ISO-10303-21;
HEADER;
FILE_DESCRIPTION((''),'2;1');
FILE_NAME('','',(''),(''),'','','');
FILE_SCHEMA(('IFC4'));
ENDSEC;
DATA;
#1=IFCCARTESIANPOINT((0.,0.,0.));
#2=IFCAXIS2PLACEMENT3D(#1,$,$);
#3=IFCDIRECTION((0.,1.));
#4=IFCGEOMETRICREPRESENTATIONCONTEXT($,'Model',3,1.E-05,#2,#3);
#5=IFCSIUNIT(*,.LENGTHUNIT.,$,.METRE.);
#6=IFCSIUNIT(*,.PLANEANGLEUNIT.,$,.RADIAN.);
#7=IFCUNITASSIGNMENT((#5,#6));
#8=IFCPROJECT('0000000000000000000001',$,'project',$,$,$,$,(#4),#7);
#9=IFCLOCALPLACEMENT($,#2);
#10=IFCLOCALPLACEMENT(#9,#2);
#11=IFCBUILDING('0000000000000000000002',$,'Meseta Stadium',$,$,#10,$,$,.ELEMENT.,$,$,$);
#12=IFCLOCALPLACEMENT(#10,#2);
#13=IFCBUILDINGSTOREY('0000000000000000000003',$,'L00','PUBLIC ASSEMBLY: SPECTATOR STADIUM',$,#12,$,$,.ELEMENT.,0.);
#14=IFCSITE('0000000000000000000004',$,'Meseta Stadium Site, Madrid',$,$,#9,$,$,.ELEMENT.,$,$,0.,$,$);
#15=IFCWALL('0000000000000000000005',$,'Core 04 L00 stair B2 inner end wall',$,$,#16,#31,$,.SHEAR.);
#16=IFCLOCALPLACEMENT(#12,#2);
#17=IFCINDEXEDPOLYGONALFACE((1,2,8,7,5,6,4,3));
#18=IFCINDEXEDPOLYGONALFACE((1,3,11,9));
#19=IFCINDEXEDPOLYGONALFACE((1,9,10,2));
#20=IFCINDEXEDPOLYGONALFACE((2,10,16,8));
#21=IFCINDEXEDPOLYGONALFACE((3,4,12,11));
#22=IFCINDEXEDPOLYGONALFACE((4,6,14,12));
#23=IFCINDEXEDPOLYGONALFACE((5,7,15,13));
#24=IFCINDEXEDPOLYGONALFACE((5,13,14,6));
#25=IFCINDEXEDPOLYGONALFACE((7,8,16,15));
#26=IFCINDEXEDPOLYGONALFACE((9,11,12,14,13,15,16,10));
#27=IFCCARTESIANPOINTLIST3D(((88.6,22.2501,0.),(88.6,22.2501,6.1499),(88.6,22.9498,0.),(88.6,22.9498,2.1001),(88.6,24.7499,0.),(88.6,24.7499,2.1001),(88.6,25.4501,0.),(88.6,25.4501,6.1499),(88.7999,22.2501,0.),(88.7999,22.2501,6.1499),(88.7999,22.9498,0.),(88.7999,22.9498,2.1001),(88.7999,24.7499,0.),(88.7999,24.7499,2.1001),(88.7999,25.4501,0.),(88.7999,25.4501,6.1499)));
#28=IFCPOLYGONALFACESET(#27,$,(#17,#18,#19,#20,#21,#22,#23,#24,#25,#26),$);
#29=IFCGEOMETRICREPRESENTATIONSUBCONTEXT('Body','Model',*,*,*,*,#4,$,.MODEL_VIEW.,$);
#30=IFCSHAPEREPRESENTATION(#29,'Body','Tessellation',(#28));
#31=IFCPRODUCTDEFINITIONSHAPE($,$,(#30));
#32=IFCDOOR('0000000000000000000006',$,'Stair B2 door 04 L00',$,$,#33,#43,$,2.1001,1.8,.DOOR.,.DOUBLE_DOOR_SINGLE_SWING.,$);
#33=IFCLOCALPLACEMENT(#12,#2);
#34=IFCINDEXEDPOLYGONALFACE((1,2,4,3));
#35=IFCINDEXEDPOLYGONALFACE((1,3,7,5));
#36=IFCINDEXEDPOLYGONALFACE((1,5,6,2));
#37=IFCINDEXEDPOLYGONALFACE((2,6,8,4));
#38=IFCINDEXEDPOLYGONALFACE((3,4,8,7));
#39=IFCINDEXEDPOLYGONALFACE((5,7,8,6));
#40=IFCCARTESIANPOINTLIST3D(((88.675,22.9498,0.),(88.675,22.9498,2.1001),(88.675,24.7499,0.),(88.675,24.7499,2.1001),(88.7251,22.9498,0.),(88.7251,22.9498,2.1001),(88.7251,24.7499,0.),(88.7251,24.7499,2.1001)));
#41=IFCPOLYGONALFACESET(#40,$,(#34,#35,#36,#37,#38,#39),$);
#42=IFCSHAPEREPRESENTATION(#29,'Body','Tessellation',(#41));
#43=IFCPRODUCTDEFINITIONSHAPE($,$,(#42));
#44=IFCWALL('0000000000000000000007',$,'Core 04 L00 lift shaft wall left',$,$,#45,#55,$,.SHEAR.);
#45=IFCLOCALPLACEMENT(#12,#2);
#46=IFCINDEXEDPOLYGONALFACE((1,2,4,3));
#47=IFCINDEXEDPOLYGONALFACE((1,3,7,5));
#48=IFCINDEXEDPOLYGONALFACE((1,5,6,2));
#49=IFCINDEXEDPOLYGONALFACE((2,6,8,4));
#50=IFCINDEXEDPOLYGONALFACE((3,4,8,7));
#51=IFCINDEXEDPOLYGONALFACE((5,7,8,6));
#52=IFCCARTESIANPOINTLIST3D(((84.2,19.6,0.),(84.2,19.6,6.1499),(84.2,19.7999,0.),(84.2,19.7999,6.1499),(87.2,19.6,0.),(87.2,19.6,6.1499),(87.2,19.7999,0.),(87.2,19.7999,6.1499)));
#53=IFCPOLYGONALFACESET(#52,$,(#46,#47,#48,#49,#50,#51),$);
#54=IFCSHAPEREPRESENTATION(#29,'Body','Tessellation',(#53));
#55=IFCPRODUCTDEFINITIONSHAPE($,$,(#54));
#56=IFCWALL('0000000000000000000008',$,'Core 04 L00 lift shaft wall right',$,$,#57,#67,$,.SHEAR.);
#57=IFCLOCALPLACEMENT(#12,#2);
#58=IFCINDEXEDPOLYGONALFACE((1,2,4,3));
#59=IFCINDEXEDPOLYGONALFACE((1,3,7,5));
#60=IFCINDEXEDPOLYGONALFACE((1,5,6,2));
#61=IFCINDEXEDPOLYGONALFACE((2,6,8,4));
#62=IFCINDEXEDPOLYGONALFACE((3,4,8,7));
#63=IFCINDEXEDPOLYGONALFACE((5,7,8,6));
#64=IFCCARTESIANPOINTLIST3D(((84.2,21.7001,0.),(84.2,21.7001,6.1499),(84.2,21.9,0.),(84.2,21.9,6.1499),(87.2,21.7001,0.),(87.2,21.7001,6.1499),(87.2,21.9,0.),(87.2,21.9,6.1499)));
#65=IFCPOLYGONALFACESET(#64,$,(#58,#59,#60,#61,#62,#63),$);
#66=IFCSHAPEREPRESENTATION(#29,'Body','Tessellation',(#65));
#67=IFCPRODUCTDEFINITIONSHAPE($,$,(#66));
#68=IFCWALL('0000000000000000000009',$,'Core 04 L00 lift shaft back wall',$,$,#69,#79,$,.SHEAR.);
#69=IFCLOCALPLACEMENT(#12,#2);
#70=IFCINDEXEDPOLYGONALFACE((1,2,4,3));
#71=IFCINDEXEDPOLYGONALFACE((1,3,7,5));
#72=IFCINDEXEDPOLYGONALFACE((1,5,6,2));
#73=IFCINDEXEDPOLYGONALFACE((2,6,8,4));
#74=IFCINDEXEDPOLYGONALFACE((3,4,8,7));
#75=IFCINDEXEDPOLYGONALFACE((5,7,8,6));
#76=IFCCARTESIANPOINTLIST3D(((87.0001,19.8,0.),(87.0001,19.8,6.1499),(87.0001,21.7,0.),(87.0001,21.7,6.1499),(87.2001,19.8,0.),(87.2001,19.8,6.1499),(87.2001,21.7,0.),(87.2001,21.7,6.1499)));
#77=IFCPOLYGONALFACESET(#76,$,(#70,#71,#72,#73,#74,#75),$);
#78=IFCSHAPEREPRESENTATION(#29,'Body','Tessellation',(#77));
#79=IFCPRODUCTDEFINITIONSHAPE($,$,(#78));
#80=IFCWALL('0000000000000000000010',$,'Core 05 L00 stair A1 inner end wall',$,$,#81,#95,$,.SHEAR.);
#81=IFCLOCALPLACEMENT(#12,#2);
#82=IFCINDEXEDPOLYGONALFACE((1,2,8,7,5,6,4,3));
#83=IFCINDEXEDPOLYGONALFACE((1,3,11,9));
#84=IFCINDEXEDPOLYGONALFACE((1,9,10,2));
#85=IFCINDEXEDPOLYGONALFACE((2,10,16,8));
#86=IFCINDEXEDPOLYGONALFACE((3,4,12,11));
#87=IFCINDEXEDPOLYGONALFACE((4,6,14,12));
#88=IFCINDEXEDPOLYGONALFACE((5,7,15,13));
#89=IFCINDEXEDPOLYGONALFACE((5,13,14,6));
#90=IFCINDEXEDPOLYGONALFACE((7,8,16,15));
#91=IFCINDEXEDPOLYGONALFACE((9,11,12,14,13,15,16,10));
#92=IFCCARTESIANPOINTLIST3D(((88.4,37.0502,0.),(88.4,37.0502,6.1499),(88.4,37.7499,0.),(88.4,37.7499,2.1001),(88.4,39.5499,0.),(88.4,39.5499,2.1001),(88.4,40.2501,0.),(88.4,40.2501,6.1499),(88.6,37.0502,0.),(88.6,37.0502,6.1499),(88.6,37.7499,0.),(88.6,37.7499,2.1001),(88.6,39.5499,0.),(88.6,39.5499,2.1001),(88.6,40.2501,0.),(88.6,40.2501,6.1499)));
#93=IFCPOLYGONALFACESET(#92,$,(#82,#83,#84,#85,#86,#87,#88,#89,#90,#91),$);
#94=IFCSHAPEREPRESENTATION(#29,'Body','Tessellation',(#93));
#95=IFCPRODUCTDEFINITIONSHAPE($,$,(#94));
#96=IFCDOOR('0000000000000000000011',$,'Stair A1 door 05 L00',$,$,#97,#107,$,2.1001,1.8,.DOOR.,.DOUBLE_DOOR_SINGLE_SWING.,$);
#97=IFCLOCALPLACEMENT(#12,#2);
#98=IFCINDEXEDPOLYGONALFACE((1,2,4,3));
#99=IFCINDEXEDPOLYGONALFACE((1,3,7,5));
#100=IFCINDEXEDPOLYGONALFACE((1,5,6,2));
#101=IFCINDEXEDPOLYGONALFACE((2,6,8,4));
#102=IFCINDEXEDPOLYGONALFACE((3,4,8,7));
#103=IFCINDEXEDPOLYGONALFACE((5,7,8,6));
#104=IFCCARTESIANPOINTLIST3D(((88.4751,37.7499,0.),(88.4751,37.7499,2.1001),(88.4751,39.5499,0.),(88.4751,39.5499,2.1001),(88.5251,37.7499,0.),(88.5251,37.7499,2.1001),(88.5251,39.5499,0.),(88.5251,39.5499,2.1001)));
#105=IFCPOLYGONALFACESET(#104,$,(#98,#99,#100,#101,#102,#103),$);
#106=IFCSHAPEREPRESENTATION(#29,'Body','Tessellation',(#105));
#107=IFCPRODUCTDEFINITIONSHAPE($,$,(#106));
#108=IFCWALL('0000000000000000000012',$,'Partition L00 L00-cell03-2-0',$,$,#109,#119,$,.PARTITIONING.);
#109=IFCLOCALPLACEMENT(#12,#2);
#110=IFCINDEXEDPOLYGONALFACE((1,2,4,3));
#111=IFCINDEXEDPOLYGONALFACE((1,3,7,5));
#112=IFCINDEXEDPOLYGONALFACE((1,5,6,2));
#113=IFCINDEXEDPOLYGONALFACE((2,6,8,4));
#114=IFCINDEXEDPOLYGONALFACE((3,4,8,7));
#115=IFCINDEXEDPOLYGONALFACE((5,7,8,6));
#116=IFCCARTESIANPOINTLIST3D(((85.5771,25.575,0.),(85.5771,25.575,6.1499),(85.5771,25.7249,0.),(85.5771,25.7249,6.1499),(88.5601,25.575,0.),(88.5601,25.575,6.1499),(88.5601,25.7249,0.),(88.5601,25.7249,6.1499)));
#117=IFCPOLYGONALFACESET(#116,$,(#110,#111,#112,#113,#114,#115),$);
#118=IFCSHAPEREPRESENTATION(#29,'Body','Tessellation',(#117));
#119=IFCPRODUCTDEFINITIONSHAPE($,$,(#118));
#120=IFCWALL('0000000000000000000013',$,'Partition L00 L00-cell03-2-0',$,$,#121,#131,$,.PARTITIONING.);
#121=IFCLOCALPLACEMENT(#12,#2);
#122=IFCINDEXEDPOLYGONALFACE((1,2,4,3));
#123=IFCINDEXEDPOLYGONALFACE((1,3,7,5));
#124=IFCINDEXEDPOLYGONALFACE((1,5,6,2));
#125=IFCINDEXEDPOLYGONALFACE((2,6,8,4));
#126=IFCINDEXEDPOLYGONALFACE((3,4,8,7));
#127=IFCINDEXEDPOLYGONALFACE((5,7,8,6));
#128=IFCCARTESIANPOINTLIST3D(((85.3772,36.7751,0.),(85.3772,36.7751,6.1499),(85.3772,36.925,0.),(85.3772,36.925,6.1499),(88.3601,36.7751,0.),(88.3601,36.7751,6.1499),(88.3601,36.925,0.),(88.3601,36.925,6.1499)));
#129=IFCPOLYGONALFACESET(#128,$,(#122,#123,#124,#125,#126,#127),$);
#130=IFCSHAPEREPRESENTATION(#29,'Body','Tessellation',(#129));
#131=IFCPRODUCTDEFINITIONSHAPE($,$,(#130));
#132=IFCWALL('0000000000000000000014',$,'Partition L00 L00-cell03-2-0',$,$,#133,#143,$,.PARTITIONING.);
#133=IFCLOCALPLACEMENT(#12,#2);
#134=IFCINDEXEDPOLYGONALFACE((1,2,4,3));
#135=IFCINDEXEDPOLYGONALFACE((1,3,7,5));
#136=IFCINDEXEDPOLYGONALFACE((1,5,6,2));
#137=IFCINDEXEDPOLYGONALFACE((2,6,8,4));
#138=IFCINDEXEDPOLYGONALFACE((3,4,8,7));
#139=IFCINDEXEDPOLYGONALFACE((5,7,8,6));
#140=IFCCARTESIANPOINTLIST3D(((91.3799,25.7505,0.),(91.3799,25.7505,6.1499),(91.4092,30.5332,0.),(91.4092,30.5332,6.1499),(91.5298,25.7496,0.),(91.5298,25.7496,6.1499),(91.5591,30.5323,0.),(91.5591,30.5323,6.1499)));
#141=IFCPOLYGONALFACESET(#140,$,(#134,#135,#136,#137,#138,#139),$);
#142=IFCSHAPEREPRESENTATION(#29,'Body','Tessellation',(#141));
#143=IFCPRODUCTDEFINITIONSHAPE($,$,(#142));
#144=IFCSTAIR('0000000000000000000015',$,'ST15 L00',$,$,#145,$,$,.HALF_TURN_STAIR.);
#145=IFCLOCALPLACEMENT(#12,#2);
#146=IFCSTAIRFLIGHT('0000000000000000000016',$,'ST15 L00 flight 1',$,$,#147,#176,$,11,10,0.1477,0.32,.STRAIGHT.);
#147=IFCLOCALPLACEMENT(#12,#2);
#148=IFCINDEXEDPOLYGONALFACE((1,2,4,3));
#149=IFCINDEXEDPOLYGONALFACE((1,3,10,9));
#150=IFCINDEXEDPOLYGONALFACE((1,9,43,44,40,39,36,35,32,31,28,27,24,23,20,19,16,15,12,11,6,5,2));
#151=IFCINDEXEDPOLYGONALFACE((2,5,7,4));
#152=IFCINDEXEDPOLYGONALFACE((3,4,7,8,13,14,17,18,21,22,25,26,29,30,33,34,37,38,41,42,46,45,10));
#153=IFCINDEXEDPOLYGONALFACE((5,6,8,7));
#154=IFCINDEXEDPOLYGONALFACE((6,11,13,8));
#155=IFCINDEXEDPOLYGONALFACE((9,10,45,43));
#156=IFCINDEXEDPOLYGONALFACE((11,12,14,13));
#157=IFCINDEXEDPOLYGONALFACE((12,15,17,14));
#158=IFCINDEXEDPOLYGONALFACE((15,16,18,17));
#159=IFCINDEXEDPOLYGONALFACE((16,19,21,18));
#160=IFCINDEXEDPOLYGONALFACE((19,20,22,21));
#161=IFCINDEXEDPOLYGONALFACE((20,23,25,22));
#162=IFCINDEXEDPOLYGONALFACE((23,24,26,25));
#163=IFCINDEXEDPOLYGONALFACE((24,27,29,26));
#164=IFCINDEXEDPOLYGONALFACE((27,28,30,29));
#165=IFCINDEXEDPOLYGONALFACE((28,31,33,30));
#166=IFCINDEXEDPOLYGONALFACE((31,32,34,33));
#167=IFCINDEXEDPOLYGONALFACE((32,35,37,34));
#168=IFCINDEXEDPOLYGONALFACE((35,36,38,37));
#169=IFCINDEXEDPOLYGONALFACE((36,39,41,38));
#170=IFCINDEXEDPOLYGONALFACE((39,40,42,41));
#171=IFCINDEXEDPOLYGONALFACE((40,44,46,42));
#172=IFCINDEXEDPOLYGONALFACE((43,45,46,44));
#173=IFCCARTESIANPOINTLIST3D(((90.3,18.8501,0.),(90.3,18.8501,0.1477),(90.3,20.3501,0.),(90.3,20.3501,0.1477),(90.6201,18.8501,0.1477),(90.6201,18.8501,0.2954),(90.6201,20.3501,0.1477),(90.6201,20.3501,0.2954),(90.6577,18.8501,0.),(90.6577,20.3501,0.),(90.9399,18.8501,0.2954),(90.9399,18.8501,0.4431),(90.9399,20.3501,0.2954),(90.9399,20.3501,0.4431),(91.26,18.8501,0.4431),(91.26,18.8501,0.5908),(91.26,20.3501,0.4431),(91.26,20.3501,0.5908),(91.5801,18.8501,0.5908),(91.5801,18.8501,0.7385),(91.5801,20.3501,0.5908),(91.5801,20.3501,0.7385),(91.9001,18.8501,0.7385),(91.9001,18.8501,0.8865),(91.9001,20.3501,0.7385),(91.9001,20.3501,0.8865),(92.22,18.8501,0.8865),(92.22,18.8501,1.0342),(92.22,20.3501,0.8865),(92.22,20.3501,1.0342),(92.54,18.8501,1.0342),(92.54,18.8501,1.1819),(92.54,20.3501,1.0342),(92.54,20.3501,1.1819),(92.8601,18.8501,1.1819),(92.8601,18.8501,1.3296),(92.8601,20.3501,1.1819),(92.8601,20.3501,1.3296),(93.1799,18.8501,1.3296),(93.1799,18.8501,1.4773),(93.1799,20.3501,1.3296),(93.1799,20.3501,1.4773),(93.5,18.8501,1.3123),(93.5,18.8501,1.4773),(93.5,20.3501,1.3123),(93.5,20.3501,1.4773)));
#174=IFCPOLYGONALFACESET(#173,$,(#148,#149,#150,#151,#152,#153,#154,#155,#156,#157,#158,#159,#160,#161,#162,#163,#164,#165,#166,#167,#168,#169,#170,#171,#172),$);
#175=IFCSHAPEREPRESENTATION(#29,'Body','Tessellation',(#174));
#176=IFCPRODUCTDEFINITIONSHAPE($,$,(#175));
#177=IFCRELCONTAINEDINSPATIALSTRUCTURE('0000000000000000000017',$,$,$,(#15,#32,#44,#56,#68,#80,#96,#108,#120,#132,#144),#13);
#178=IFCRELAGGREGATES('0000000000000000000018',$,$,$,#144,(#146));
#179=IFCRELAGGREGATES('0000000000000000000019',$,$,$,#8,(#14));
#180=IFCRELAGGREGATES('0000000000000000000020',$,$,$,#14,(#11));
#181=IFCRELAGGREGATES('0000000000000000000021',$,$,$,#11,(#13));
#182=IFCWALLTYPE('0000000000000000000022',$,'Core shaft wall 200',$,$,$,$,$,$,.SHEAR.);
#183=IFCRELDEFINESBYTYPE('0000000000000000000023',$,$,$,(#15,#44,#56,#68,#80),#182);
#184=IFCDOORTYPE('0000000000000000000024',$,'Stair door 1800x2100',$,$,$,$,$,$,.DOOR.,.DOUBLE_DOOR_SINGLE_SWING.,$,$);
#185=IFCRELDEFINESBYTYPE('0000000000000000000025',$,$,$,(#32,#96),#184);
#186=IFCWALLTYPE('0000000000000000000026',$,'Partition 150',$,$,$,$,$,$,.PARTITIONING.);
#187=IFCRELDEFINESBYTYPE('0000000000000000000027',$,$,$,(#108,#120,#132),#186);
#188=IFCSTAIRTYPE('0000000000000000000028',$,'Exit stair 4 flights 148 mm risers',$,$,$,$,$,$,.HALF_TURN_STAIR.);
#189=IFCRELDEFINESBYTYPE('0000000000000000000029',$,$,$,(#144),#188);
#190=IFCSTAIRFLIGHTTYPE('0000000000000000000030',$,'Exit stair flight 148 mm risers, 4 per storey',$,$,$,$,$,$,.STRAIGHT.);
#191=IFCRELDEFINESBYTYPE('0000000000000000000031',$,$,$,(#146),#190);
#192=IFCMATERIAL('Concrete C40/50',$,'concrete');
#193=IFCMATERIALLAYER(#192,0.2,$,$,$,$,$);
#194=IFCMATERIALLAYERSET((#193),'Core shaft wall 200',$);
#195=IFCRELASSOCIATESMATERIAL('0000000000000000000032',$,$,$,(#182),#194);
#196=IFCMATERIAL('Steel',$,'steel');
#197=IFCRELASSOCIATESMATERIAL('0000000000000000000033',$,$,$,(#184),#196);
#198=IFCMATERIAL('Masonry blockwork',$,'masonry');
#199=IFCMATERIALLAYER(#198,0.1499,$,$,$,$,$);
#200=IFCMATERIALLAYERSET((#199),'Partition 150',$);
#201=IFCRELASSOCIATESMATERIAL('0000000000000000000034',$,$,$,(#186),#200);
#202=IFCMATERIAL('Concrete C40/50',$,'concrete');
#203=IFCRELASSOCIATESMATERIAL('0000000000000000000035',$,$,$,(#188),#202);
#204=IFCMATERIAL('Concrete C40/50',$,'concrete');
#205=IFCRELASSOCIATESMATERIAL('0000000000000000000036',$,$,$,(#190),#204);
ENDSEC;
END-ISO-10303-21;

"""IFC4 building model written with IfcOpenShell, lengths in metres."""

from ifc_helpers import new_model, si_unit, direction, frame, frame_2d, origin, place, context, subcontext, project, spatial, polyline, rectangle, outline, extrude, material, layer, layer_set, type_object, element, fill, aggregate, save


model = new_model("IFC4")

# Units and contexts
model_context = context("Model", 3, precision=1e-05, world=origin(), true_north=direction((0.0, 1.0)))
body_context = subcontext(model_context, "Body", "Model", "MODEL_VIEW")
ifc_project = project(units=[si_unit("LENGTHUNIT", "METRE"), si_unit("PLANEANGLEUNIT", "RADIAN")], contexts=[model_context])

# Site, building, storey
site_placement = place(None, origin())
site = spatial("IfcSite", under=ifc_project, at=site_placement, Name="Meseta Stadium Site, Madrid", CompositionType="ELEMENT", RefElevation=0.0)
building_placement = place(site_placement, origin())
building = spatial("IfcBuilding", under=site, at=building_placement, Name="Meseta Stadium", CompositionType="ELEMENT")
storey_placement = place(building_placement, origin())
storey = spatial("IfcBuildingStorey", under=building, at=storey_placement, Name="L00", Description="PUBLIC ASSEMBLY: SPECTATOR STADIUM", CompositionType="ELEMENT", Elevation=0.0)

# Wall, opening, door
ifc_material_1 = material(Name="Concrete C40/50", Category="concrete")
ifc_layer_1 = layer(ifc_material_1, 0.2)
ifc_layer_set_1 = layer_set([ifc_layer_1], Name="Core shaft wall 200")
wall_type_1 = type_object("IfcWallType", Name="Core shaft wall 200", PredefinedType="SHEAR", material=ifc_layer_set_1)
ifc_material_2 = material(Name="Steel", Category="steel")
door_type = type_object("IfcDoorType", Name="Stair door 1800x2100", OperationType="DOUBLE_DOOR_SINGLE_SWING", PredefinedType="DOOR", material=ifc_material_2)
wall_1_placement = place(storey_placement, frame((88.7, 22.25, 0.0), z_axis=(0.0, 0.0, 1.0), x_axis=(0.0, 1.0, 0.0)))
wall_1 = element("IfcWall", 1, at=wall_1_placement, inside=storey, type_object=wall_type_1, Name="Core 04 L00 stair B2 inner end wall", PredefinedType="SHEAR", context=body_context, shape_type="SweptSolid", body=[
    extrude(rectangle(XDim=3.2, YDim=0.2, at=frame_2d((1.6001, 0.0))), origin(), (0.0, 0.0, 1.0), 6.1499),
])
opening_1_placement = place(wall_1_placement, frame((0.7, 0.0, 0.0)))
opening_1 = element("IfcOpeningElement", 2, at=opening_1_placement, cuts=wall_1, PredefinedType="OPENING", context=body_context, shape_type="SweptSolid", body=[
    extrude(rectangle(XDim=1.8, YDim=2.1001, at=frame_2d((0.8999, 1.05))), frame((0.0, 0.1099, 0.0), z_axis=(0.0, -1.0, 0.0), x_axis=(1.0, 0.0, 0.0)), (0.0, 0.0, 1.0), 0.22),
])
door_1_placement = place(opening_1_placement, origin())
door_1 = element("IfcDoor", 3, at=door_1_placement, inside=storey, type_object=door_type, Name="Stair B2 door 04 L00", OperationType="DOUBLE_DOOR_SINGLE_SWING", OverallHeight=2.1001, OverallWidth=1.8, PredefinedType="DOOR", context=body_context, shape_type="SweptSolid", body=[
    extrude(rectangle(XDim=1.8, YDim=2.1001, at=frame_2d((0.8999, 1.05))), frame((0.0, 0.0249, 0.0), z_axis=(0.0, -1.0, 0.0), x_axis=(1.0, 0.0, 0.0)), (0.0, 0.0, 1.0), 0.05),
])
fill(opening_1, door_1)

# Walls
for number, where, z_axis, x_axis, name in (
    (4, (87.2, 19.7, 0.0), (0.0, 0.0, 1.0), (-1.0, 0.0, 0.0), "Core 04 L00 lift shaft wall left"),
    (5, (87.2, 21.8, 0.0), (0.0, 0.0, 1.0), (-1.0, 0.0, 0.0), "Core 04 L00 lift shaft wall right"),
):
    element("IfcWall", number, at=place(storey_placement, frame(where, z_axis=z_axis, x_axis=x_axis)), inside=storey, type_object=wall_type_1, Name=name, PredefinedType="SHEAR", context=body_context, shape_type="SweptSolid", body=[
        extrude(rectangle(XDim=3.0, YDim=0.2, at=frame_2d((1.5, 0.0))), origin(), (0.0, 0.0, 1.0), 6.1499),
    ])
wall_2_placement = place(storey_placement, frame((87.1001, 19.8, 0.0), z_axis=(0.0, 0.0, 1.0), x_axis=(0.0, 1.0, 0.0)))
element("IfcWall", 6, at=wall_2_placement, inside=storey, type_object=wall_type_1, Name="Core 04 L00 lift shaft back wall", PredefinedType="SHEAR", context=body_context, shape_type="SweptSolid", body=[
    extrude(rectangle(XDim=1.8999, YDim=0.2, at=frame_2d((0.95, 0.0))), origin(), (0.0, 0.0, 1.0), 6.1499),
])

# Wall, opening, door
wall_3_placement = place(storey_placement, frame((88.5, 37.05, 0.0), z_axis=(0.0, 0.0, 1.0), x_axis=(0.0, 1.0, 0.0)))
wall_3 = element("IfcWall", 7, at=wall_3_placement, inside=storey, type_object=wall_type_1, Name="Core 05 L00 stair A1 inner end wall", PredefinedType="SHEAR", context=body_context, shape_type="SweptSolid", body=[
    extrude(rectangle(XDim=3.2, YDim=0.2, at=frame_2d((1.6001, 0.0))), origin(), (0.0, 0.0, 1.0), 6.1499),
])
opening_2_placement = place(wall_3_placement, frame((0.7, 0.0, 0.0)))
opening_2 = element("IfcOpeningElement", 8, at=opening_2_placement, cuts=wall_3, PredefinedType="OPENING", context=body_context, shape_type="SweptSolid", body=[
    extrude(rectangle(XDim=1.8, YDim=2.1001, at=frame_2d((0.8999, 1.05))), frame((0.0, 0.1099, 0.0), z_axis=(0.0, -1.0, 0.0), x_axis=(1.0, 0.0, 0.0)), (0.0, 0.0, 1.0), 0.22),
])
door_2_placement = place(opening_2_placement, origin())
door_2 = element("IfcDoor", 9, at=door_2_placement, inside=storey, type_object=door_type, Name="Stair A1 door 05 L00", OperationType="DOUBLE_DOOR_SINGLE_SWING", OverallHeight=2.1001, OverallWidth=1.8, PredefinedType="DOOR", context=body_context, shape_type="SweptSolid", body=[
    extrude(rectangle(XDim=1.8, YDim=2.1001, at=frame_2d((0.8999, 1.05))), frame((0.0, 0.0249, 0.0), z_axis=(0.0, -1.0, 0.0), x_axis=(1.0, 0.0, 0.0)), (0.0, 0.0, 1.0), 0.05),
])
fill(opening_2, door_2)

# Walls
ifc_material_3 = material(Name="Masonry blockwork", Category="masonry")
ifc_layer_2 = layer(ifc_material_3, 0.1499)
ifc_layer_set_2 = layer_set([ifc_layer_2], Name="Partition 150")
wall_type_2 = type_object("IfcWallType", Name="Partition 150", PredefinedType="PARTITIONING", material=ifc_layer_set_2)
for number, where, z_axis, x_axis, name in (
    (10, (88.5601, 25.6499, 0.0), (0.0, 0.0, 1.0), (-1.0, 0.0, 0.0), "Partition L00 L00-cell03-2-0"),
    (11, (85.3772, 36.8501, 0.0), (0.0, 0.0, 1.0), (1.0, 0.0, 0.0), "Partition L00 L00-cell03-2-0"),
):
    element("IfcWall", number, at=place(storey_placement, frame(where, z_axis=z_axis, x_axis=x_axis)), inside=storey, type_object=wall_type_2, Name=name, PredefinedType="PARTITIONING", context=body_context, shape_type="SweptSolid", body=[
        extrude(rectangle(XDim=2.9829, YDim=0.1499, at=frame_2d((1.4915, 0.0))), origin(), (0.0, 0.0, 1.0), 6.1499),
    ])
wall_4_placement = place(storey_placement, frame((91.4841, 30.5327, 0.0), z_axis=(0.0, 0.0, 1.0), x_axis=(-0.006125, -0.999981, 0.0)))
element("IfcWall", 12, at=wall_4_placement, inside=storey, type_object=wall_type_2, Name="Partition L00 L00-cell03-2-0", PredefinedType="PARTITIONING", context=body_context, shape_type="SweptSolid", body=[
    extrude(rectangle(XDim=4.7827, YDim=0.1499, at=frame_2d((2.3914, 0.0))), origin(), (0.0, 0.0, 1.0), 6.1499),
])

# Stair, stair flight
ifc_material_4 = material(Name="Concrete C40/50", Category="concrete")
stair_type = type_object("IfcStairType", Name="Exit stair 4 flights 148 mm risers", PredefinedType="HALF_TURN_STAIR", material=ifc_material_4)
stair_1_placement = place(storey_placement, origin())
stair_1 = element("IfcStair", 13, at=stair_1_placement, inside=storey, type_object=stair_type, Name="ST15 L00", PredefinedType="HALF_TURN_STAIR")
ifc_material_5 = material(Name="Concrete C40/50", Category="concrete")
stair_flight_type = type_object("IfcStairFlightType", Name="Exit stair flight 148 mm risers, 4 per storey", PredefinedType="STRAIGHT", material=ifc_material_5)
stair_flight_1_placement = place(storey_placement, frame((90.3, 19.6001, 0.0), z_axis=(0.0, 0.0, 1.0), x_axis=(1.0, 0.0, 0.0)))
stair_flight_1 = element("IfcStairFlight", 14, at=stair_flight_1_placement, type_object=stair_flight_type, Name="ST15 L00 flight 1", NumberOfRisers=11, NumberOfTreads=10, PredefinedType="STRAIGHT", RiserHeight=0.1477, TreadLength=0.32, context=body_context, shape_type="SweptSolid", body=[
    extrude(outline(polyline([(0.0, 0.0), (0.0, 0.1477), (0.3201, 0.1477), (0.3201, 0.2954), (0.6399, 0.2954), (0.6399, 0.4431), (0.96, 0.4431), (0.96, 0.5908), (1.28, 0.5908), (1.28, 0.7385), (1.6001, 0.7385), (1.6001, 0.8865), (1.9199, 0.8865), (1.9199, 1.0342), (2.24, 1.0342), (2.24, 1.1819), (2.5601, 1.1819), (2.5601, 1.3296), (2.8799, 1.3296), (2.8799, 1.4773), (3.2, 1.4773), (3.2, 1.3123), (0.3577, 0.0), (0.0, 0.0)])), frame((0.0, 0.75, 0.0), z_axis=(0.0, -1.0, 0.0), x_axis=(1.0, 0.0, 0.0)), (0.0, 0.0, 1.0), 1.5),
])
aggregate(stair_1, [stair_flight_1])

save(model, "model.ifc")
